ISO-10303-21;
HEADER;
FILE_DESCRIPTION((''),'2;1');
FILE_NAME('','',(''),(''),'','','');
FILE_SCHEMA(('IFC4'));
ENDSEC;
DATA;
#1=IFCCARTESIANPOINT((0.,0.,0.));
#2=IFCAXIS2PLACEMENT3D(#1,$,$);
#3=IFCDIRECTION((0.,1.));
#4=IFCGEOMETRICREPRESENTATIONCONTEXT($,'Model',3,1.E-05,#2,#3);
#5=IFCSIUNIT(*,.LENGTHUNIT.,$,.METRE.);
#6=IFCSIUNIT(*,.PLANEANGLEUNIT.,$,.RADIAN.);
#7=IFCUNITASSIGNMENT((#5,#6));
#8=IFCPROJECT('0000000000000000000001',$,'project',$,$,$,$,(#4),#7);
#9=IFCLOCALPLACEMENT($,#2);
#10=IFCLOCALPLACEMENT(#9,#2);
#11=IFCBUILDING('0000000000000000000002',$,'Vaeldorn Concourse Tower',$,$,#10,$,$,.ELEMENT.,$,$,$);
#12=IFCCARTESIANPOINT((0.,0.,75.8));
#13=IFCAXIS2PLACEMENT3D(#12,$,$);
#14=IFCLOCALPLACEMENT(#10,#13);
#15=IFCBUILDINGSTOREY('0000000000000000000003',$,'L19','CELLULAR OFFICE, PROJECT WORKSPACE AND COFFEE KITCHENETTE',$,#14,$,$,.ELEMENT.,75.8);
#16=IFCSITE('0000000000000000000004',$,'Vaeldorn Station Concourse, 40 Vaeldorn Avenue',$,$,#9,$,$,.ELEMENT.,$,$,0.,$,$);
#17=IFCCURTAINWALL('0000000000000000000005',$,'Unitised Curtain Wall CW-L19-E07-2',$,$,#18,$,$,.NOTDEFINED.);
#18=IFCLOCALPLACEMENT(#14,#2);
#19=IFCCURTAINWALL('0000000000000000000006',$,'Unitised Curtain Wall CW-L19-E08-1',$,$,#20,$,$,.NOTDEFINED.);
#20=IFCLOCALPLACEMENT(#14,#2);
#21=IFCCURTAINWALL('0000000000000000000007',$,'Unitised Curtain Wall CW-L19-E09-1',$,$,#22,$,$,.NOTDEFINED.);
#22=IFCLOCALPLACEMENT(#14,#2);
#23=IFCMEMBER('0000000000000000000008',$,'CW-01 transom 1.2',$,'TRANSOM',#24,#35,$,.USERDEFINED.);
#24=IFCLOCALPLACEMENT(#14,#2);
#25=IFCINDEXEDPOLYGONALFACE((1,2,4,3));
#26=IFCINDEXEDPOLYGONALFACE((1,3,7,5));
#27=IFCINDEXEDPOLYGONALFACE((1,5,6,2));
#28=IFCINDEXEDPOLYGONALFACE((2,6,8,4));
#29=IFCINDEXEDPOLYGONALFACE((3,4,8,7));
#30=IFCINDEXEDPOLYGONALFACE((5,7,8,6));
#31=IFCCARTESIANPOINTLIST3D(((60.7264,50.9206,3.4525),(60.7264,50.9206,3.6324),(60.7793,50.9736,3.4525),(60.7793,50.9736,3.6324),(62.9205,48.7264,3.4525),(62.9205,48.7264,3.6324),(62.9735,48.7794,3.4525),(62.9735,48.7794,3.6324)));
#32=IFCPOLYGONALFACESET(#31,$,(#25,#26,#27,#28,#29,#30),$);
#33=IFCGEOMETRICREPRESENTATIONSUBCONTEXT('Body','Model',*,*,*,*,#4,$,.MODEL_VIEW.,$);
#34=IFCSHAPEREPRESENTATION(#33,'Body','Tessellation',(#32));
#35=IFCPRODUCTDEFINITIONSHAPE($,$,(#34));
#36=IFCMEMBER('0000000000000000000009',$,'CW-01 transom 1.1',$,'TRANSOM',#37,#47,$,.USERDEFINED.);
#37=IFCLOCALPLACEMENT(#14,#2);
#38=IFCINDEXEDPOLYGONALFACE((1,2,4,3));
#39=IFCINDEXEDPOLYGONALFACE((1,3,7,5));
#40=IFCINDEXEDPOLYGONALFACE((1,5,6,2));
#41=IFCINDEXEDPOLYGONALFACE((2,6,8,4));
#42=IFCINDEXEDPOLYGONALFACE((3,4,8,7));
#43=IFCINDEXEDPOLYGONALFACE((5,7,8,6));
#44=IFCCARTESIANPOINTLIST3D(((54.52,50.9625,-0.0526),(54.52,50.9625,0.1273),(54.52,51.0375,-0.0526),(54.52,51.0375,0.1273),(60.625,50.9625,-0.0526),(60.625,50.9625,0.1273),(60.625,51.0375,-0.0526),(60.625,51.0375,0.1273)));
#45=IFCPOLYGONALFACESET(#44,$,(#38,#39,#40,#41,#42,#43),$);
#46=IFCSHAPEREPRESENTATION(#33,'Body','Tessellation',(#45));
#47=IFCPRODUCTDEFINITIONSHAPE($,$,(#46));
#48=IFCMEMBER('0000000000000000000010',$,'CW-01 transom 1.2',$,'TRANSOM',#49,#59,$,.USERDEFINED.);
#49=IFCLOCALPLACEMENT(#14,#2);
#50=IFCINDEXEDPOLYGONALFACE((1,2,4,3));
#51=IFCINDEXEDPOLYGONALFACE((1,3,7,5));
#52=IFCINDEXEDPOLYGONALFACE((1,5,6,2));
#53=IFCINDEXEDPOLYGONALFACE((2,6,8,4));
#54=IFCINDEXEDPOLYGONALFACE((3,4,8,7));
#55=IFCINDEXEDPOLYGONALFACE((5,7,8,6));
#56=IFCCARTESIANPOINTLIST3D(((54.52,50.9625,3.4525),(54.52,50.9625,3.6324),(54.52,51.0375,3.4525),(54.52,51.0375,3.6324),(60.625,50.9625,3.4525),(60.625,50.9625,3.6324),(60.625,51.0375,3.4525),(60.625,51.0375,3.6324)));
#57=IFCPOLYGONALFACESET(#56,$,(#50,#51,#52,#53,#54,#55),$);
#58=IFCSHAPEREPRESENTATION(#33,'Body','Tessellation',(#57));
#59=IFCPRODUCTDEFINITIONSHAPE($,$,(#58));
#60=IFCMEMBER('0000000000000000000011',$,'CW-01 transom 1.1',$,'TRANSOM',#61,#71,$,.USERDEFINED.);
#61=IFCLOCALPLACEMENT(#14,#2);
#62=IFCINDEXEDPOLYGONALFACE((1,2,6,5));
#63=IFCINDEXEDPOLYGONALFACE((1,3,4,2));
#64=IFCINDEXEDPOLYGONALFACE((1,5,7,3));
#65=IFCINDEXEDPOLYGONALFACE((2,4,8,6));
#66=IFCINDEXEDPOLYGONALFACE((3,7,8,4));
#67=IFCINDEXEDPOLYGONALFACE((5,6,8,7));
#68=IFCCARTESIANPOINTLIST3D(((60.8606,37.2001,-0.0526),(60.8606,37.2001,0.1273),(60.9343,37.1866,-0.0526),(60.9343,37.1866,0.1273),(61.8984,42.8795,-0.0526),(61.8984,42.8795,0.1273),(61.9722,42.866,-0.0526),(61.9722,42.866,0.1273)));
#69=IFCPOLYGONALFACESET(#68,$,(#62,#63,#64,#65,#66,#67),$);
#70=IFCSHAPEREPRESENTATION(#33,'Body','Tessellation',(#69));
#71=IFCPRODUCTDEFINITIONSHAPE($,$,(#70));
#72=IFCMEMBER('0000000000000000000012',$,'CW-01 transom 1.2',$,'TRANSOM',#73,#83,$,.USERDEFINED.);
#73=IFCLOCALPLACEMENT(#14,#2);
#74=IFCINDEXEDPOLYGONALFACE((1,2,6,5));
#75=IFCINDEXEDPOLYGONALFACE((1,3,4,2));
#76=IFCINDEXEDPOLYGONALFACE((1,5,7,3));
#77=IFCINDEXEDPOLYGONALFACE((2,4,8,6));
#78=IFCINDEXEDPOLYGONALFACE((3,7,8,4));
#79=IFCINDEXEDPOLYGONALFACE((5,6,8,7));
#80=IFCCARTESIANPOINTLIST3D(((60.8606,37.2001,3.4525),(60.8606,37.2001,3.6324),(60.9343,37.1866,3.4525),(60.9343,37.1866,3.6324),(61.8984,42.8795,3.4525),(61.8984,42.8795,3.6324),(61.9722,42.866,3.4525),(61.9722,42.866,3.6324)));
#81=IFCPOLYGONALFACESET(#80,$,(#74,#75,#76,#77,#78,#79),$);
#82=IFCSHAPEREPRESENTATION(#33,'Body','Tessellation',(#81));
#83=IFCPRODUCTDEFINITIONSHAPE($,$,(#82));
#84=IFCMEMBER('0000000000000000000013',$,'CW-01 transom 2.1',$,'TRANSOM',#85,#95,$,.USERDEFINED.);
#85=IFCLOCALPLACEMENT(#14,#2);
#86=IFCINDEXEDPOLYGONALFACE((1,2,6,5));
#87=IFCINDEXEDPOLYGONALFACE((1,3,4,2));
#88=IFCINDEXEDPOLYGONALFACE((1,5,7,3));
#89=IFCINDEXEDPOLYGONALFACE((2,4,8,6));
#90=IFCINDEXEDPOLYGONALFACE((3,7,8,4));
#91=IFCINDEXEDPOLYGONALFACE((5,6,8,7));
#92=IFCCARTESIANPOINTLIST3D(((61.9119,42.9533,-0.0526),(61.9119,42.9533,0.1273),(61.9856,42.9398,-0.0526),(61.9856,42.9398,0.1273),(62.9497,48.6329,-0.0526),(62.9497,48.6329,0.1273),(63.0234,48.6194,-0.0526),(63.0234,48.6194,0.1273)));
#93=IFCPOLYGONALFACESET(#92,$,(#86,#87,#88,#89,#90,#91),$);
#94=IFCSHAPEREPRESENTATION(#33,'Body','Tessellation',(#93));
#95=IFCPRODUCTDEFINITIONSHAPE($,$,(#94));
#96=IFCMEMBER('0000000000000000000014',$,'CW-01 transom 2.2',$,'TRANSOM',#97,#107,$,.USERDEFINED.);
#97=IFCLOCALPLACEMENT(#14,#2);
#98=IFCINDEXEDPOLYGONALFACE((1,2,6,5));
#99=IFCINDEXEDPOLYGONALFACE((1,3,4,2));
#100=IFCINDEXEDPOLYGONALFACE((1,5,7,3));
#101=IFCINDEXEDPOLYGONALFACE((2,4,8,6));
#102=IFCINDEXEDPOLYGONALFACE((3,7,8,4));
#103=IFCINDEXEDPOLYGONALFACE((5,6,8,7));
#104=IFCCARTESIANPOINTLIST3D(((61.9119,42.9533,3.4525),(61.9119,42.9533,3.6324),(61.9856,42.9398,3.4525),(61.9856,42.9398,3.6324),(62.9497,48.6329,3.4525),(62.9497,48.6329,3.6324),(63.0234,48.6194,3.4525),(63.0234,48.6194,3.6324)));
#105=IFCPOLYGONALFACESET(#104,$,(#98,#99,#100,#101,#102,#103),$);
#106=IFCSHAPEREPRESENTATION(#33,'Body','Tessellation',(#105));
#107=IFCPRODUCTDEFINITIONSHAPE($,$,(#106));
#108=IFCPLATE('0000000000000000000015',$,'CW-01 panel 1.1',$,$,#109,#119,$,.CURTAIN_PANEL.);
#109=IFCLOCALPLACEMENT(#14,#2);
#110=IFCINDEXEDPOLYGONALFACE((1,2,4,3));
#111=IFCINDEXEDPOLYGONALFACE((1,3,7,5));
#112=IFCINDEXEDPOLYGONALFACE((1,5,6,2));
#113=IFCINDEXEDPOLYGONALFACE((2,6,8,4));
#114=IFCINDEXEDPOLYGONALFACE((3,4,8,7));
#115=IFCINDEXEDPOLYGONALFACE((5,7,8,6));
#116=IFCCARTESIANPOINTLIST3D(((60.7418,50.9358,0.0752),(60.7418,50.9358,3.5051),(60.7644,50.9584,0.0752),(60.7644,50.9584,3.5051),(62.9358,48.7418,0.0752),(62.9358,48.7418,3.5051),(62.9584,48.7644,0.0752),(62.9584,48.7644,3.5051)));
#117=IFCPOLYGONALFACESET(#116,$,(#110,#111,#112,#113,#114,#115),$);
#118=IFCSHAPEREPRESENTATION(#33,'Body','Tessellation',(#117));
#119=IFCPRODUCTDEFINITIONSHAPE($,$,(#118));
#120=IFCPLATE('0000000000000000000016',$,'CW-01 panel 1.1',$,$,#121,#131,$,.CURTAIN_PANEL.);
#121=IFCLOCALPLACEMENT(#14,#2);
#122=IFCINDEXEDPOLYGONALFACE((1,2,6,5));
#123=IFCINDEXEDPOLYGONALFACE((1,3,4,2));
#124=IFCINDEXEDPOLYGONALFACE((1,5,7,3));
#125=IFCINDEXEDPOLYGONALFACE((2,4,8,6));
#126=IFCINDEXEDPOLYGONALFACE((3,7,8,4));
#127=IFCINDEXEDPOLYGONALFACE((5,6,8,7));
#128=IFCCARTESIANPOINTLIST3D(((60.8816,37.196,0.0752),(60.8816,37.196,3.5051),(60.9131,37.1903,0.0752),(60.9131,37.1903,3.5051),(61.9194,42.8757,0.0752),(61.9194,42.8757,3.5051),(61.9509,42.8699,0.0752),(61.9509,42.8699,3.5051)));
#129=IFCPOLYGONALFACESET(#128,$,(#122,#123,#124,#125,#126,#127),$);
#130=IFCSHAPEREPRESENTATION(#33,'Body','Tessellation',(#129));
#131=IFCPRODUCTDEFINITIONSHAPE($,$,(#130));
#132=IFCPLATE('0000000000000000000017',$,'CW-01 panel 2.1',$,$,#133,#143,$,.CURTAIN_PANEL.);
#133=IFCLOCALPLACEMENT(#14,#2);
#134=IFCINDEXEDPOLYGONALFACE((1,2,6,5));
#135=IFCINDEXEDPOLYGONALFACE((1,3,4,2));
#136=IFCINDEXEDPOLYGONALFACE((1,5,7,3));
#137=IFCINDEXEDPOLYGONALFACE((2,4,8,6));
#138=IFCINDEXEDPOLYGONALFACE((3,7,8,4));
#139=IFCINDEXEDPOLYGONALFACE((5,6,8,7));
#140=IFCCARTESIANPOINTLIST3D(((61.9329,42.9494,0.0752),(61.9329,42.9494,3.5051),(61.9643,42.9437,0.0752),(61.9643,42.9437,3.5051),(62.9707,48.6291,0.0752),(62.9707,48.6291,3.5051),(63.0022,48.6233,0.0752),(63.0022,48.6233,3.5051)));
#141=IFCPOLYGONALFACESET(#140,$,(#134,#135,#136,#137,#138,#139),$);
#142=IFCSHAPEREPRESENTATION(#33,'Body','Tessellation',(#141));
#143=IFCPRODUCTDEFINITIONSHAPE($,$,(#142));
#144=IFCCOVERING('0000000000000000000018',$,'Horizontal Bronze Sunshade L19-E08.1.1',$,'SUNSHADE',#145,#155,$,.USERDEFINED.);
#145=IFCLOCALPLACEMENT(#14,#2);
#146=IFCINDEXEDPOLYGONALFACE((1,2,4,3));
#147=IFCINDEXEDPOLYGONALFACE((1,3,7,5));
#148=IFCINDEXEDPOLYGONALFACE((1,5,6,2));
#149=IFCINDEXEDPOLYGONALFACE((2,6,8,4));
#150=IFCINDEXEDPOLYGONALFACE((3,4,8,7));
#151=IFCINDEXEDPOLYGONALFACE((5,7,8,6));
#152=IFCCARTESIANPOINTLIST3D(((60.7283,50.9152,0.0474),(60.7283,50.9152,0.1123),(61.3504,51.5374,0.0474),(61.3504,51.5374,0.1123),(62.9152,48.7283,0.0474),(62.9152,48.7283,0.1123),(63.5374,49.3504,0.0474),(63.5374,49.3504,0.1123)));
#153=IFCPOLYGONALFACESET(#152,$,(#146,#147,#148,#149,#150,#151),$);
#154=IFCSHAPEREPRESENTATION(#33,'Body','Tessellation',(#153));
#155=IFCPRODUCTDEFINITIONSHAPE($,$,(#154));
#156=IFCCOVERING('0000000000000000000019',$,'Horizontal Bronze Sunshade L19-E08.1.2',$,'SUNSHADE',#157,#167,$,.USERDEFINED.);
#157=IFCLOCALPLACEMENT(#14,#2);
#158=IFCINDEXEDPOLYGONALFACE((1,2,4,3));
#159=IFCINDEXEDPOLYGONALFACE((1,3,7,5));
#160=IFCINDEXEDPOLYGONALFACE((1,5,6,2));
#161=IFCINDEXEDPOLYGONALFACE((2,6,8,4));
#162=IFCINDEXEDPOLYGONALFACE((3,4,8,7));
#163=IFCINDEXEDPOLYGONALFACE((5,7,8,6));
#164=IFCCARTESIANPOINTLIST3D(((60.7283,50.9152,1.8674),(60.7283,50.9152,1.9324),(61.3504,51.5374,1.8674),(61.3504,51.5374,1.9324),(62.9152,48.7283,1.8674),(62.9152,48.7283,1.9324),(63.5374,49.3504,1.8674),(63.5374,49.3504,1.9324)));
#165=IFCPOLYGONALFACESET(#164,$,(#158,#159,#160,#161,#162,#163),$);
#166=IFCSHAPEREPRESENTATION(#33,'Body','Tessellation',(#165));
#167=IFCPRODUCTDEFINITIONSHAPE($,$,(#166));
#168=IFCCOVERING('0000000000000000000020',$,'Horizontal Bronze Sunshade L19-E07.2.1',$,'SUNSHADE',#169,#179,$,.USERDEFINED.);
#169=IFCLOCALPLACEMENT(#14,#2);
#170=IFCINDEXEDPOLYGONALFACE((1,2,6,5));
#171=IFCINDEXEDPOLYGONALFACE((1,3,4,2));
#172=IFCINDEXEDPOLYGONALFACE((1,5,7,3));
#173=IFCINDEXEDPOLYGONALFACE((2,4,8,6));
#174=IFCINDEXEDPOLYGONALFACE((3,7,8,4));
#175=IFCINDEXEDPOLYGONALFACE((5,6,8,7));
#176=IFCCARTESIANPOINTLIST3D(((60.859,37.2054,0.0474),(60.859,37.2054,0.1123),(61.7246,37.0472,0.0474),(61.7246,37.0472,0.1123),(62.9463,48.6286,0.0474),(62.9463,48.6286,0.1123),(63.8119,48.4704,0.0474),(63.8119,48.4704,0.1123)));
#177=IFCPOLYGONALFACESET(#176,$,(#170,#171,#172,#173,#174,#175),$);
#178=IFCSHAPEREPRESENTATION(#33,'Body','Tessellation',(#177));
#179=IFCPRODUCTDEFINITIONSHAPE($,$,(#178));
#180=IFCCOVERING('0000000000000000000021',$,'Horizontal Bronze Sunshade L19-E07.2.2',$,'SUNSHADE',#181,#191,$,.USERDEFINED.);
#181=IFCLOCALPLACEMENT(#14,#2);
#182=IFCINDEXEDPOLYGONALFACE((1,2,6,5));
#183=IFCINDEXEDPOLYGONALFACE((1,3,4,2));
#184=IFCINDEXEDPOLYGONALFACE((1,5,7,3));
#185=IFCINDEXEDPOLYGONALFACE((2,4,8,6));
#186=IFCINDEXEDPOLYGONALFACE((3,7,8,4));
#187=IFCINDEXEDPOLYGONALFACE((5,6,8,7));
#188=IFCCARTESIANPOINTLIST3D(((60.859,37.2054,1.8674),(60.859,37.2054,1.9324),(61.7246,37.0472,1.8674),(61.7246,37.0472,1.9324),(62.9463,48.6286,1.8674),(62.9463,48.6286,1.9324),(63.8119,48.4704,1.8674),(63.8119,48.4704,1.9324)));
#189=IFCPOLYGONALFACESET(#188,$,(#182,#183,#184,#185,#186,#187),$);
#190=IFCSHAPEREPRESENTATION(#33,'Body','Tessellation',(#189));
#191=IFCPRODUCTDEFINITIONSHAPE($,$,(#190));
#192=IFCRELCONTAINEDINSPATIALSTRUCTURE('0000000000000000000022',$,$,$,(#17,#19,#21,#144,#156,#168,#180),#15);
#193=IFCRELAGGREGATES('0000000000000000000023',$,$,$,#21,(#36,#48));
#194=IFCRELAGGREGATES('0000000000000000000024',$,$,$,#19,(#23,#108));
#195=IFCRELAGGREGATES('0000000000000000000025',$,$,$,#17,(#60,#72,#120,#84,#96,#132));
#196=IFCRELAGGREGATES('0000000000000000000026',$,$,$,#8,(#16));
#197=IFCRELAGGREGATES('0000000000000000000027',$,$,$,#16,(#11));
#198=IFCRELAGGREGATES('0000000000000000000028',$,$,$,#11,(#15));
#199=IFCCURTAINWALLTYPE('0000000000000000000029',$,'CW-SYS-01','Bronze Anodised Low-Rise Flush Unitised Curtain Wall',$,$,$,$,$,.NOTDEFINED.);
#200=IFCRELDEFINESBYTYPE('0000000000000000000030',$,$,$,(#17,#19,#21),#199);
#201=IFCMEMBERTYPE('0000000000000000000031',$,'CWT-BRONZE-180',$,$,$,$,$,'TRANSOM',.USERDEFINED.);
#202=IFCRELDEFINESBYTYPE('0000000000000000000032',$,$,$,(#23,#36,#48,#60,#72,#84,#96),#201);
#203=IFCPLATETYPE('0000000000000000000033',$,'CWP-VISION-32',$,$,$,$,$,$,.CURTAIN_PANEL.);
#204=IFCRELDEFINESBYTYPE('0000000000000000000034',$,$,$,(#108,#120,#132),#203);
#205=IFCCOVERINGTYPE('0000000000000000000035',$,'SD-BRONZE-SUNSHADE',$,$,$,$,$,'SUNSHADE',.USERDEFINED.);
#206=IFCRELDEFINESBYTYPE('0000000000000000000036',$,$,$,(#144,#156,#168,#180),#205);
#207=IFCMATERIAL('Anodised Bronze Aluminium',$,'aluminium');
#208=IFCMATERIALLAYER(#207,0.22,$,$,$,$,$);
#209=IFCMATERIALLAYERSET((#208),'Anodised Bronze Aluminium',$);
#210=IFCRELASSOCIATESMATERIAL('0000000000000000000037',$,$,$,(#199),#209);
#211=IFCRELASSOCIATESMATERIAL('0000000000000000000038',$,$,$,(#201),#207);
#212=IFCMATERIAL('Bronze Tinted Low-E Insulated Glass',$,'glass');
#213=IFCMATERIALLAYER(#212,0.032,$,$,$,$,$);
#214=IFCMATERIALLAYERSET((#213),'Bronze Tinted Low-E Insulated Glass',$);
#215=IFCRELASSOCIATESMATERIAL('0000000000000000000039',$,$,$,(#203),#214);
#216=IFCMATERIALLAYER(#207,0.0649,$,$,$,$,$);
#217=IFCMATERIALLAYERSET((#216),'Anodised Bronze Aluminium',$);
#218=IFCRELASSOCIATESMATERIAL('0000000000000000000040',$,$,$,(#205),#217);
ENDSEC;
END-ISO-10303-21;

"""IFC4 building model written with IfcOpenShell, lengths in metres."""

from ifc_helpers import new_model, si_unit, direction, frame, origin, origin_2d, place, context, subcontext, project, spatial, rectangle, extrude, source, transform, mapped, material, layer, layer_set, material_profile, profile_set, type_object, element, aggregate, save


model = new_model("IFC4")

# Units and contexts
model_context = context("Model", 3, precision=1e-05, world=origin(), true_north=direction((0.0, 1.0)))
body_context = subcontext(model_context, "Body", "Model", "MODEL_VIEW")
ifc_project = project(units=[si_unit("LENGTHUNIT", "METRE"), si_unit("PLANEANGLEUNIT", "RADIAN")], contexts=[model_context])

# Site, building, storey
site_placement = place(None, origin())
site = spatial("IfcSite", under=ifc_project, at=site_placement, Name="Vaeldorn Station Concourse, 40 Vaeldorn Avenue", CompositionType="ELEMENT", RefElevation=0.0)
building_placement = place(site_placement, origin())
building = spatial("IfcBuilding", under=site, at=building_placement, Name="Vaeldorn Concourse Tower", CompositionType="ELEMENT")
storey_placement = place(building_placement, frame((0.0, 0.0, 75.8)))
storey = spatial("IfcBuildingStorey", under=building, at=storey_placement, Name="L19", Description="CELLULAR OFFICE, PROJECT WORKSPACE AND COFFEE KITCHENETTE", CompositionType="ELEMENT", Elevation=75.8)

# Curtain walls
ifc_material_1 = material(Name="Anodised Bronze Aluminium", Category="aluminium")
ifc_layer_1 = layer(ifc_material_1, 0.22)
ifc_layer_set_1 = layer_set([ifc_layer_1], Name="Anodised Bronze Aluminium")
curtain_wall_type = type_object("IfcCurtainWallType", Name="CW-SYS-01", Description="Bronze Anodised Low-Rise Flush Unitised Curtain Wall", PredefinedType="NOTDEFINED", material=ifc_layer_set_1)
curtain_wall_1_placement = place(storey_placement, origin())
curtain_wall_1 = element("IfcCurtainWall", 1, at=curtain_wall_1_placement, inside=storey, type_object=curtain_wall_type, Name="Unitised Curtain Wall CW-L19-E07-2", PredefinedType="NOTDEFINED")
curtain_wall_2_placement = place(storey_placement, origin())
curtain_wall_2 = element("IfcCurtainWall", 2, at=curtain_wall_2_placement, inside=storey, type_object=curtain_wall_type, Name="Unitised Curtain Wall CW-L19-E08-1", PredefinedType="NOTDEFINED")

# Curtain wall
curtain_wall_3_placement = place(storey_placement, origin())
curtain_wall_3 = element("IfcCurtainWall", 3, at=curtain_wall_3_placement, inside=storey, type_object=curtain_wall_type, Name="Unitised Curtain Wall CW-L19-E09-1", PredefinedType="NOTDEFINED")

# Members
ifc_material_profile_1 = material_profile(ifc_material_1, rectangle(XDim=0.075, YDim=0.1799, at=origin_2d()), Name="CWT 75x180")
ifc_profile_set_1 = profile_set([ifc_material_profile_1], Name="Anodised Bronze Aluminium")
member_type_1 = type_object("IfcMemberType", Name="CWT-BRONZE-180", ElementType="TRANSOM", PredefinedType="USERDEFINED", material=ifc_profile_set_1)
shared_shape_1 = source(origin(), body_context, "Body", "SweptSolid", [
    extrude(rectangle(XDim=0.075, YDim=0.1799, at=origin_2d()), origin(), (0.0, 0.0, 1.0), 3.103),
])
member_1_placement = place(storey_placement, frame((62.947, 48.7529, 3.5425), z_axis=(-0.707107, 0.707107, 0.0), x_axis=(-0.707107, -0.707107, 0.0)))
member_1 = element("IfcMember", 4, at=member_1_placement, type_object=member_type_1, Name="CW-01 transom 1.2", ObjectType="TRANSOM", PredefinedType="USERDEFINED", context=body_context, shape_type="MappedRepresentation", body=[
    mapped(shared_shape_1, transform((0.0, 0.0, 0.0), scale=1.0)),
])
shared_shape_2 = source(origin(), body_context, "Body", "SweptSolid", [
    extrude(rectangle(XDim=0.075, YDim=0.1799, at=origin_2d()), origin(), (0.0, 0.0, 1.0), 6.105),
])
member_2_placement = place(storey_placement, frame((60.625, 51.0, 0.0374), z_axis=(-1.0, 0.0, 0.0), x_axis=(0.0, -1.0, 0.0)))
member_2 = element("IfcMember", 5, at=member_2_placement, type_object=member_type_1, Name="CW-01 transom 1.1", ObjectType="TRANSOM", PredefinedType="USERDEFINED", context=body_context, shape_type="MappedRepresentation", body=[
    mapped(shared_shape_2, transform((0.0, 0.0, 0.0), scale=1.0)),
])
member_3_placement = place(storey_placement, frame((60.625, 51.0, 3.5425), z_axis=(-1.0, 0.0, 0.0), x_axis=(0.0, -1.0, 0.0)))
member_3 = element("IfcMember", 6, at=member_3_placement, type_object=member_type_1, Name="CW-01 transom 1.2", ObjectType="TRANSOM", PredefinedType="USERDEFINED", context=body_context, shape_type="MappedRepresentation", body=[
    mapped(shared_shape_2, transform((0.0, 0.0, 0.0), scale=1.0)),
])
aggregate(curtain_wall_3, [member_2, member_3])
shared_shape_3 = source(origin(), body_context, "Body", "SweptSolid", [
    extrude(rectangle(XDim=0.075, YDim=0.1799, at=origin_2d()), origin(), (0.0, 0.0, 1.0), 5.7734),
])
member_4_placement = place(storey_placement, frame((60.8975, 37.1934, 0.0374), z_axis=(0.17976, 0.983711, 0.0), x_axis=(-0.983711, 0.17976, 0.0)))
member_4 = element("IfcMember", 7, at=member_4_placement, type_object=member_type_1, Name="CW-01 transom 1.1", ObjectType="TRANSOM", PredefinedType="USERDEFINED", context=body_context, shape_type="MappedRepresentation", body=[
    mapped(shared_shape_3, transform((0.0, 0.0, 0.0), scale=1.0)),
])
member_5_placement = place(storey_placement, frame((60.8975, 37.1934, 3.5425), z_axis=(0.17976, 0.983711, 0.0), x_axis=(-0.983711, 0.17976, 0.0)))
member_5 = element("IfcMember", 8, at=member_5_placement, type_object=member_type_1, Name="CW-01 transom 1.2", ObjectType="TRANSOM", PredefinedType="USERDEFINED", context=body_context, shape_type="MappedRepresentation", body=[
    mapped(shared_shape_3, transform((0.0, 0.0, 0.0), scale=1.0)),
])
shared_shape_4 = source(origin(), body_context, "Body", "SweptSolid", [
    extrude(rectangle(XDim=0.075, YDim=0.1799, at=origin_2d()), origin(), (0.0, 0.0, 1.0), 5.7737),
])
member_6_placement = place(storey_placement, frame((61.9487, 42.9465, 0.0374), z_axis=(0.179752, 0.983712, 0.0), x_axis=(-0.983712, 0.179752, 0.0)))
member_6 = element("IfcMember", 9, at=member_6_placement, type_object=member_type_1, Name="CW-01 transom 2.1", ObjectType="TRANSOM", PredefinedType="USERDEFINED", context=body_context, shape_type="MappedRepresentation", body=[
    mapped(shared_shape_4, transform((0.0, 0.0, 0.0), scale=1.0)),
])
member_7_placement = place(storey_placement, frame((61.9487, 42.9465, 3.5425), z_axis=(0.179752, 0.983712, 0.0), x_axis=(-0.983712, 0.179752, 0.0)))
member_7 = element("IfcMember", 10, at=member_7_placement, type_object=member_type_1, Name="CW-01 transom 2.2", ObjectType="TRANSOM", PredefinedType="USERDEFINED", context=body_context, shape_type="MappedRepresentation", body=[
    mapped(shared_shape_4, transform((0.0, 0.0, 0.0), scale=1.0)),
])

# Plates
ifc_material_2 = material(Name="Bronze Tinted Low-E Insulated Glass", Category="glass")
ifc_layer_2 = layer(ifc_material_2, 0.032)
ifc_layer_set_2 = layer_set([ifc_layer_2], Name="Bronze Tinted Low-E Insulated Glass")
plate_type = type_object("IfcPlateType", Name="CWP-VISION-32", PredefinedType="CURTAIN_PANEL", material=ifc_layer_set_2)
shared_shape_5 = source(origin(), body_context, "Body", "SweptSolid", [
    extrude(rectangle(XDim=3.1028, YDim=0.032, at=origin_2d()), origin(), (0.0, 0.0, 1.0), 3.4299),
])
plate_1_placement = place(storey_placement, frame((61.8501, 49.8501, 0.0752), z_axis=(0.0, 0.0, 1.0), x_axis=(-0.707107, 0.707107, 0.0)))
plate_1 = element("IfcPlate", 11, at=plate_1_placement, type_object=plate_type, Name="CW-01 panel 1.1", PredefinedType="CURTAIN_PANEL", context=body_context, shape_type="MappedRepresentation", body=[
    mapped(shared_shape_5, transform((0.0, 0.0, 0.0), scale=1.0)),
])
aggregate(curtain_wall_2, [member_1, plate_1])
shared_shape_6 = source(origin(), body_context, "Body", "SweptSolid", [
    extrude(rectangle(XDim=5.7737, YDim=0.032, at=origin_2d()), origin(), (0.0, 0.0, 1.0), 3.4299),
])
plate_2_placement = place(storey_placement, frame((61.4163, 40.033, 0.0752), z_axis=(0.0, 0.0, 1.0), x_axis=(0.179753, 0.983712, 0.0)))
plate_2 = element("IfcPlate", 12, at=plate_2_placement, type_object=plate_type, Name="CW-01 panel 1.1", PredefinedType="CURTAIN_PANEL", context=body_context, shape_type="MappedRepresentation", body=[
    mapped(shared_shape_6, transform((0.0, 0.0, 0.0), scale=1.0)),
])
plate_3_placement = place(storey_placement, frame((62.4675, 45.7864, 0.0752), z_axis=(0.0, 0.0, 1.0), x_axis=(0.179753, 0.983712, 0.0)))
plate_3 = element("IfcPlate", 13, at=plate_3_placement, type_object=plate_type, Name="CW-01 panel 2.1", PredefinedType="CURTAIN_PANEL", context=body_context, shape_type="MappedRepresentation", body=[
    mapped(shared_shape_6, transform((0.0, 0.0, 0.0), scale=1.0)),
])
aggregate(curtain_wall_1, [member_4, member_5, plate_2, member_6, member_7, plate_3])

# Coverings
ifc_layer_3 = layer(ifc_material_1, 0.0649)
ifc_layer_set_3 = layer_set([ifc_layer_3], Name="Anodised Bronze Aluminium")
covering_type = type_object("IfcCoveringType", Name="SD-BRONZE-SUNSHADE", ElementType="SUNSHADE", PredefinedType="USERDEFINED", material=ifc_layer_set_3)
shared_shape_7 = source(origin(), body_context, "Body", "SweptSolid", [
    extrude(rectangle(XDim=3.0928, YDim=0.8799, at=origin_2d()), origin(), (0.0, 0.0, 1.0), 0.0649),
])
for number, where, z_axis, x_axis, name in (
    (14, (62.1328, 50.1328, 0.0474), (0.0, 0.0, 1.0), (-0.707107, 0.707107, 0.0), "Horizontal Bronze Sunshade L19-E08.1.1"),
    (15, (62.1328, 50.1328, 1.8674), (0.0, 0.0, 1.0), (-0.707107, 0.707107, 0.0), "Horizontal Bronze Sunshade L19-E08.1.2"),
):
    element("IfcCovering", number, at=place(storey_placement, frame(where, z_axis=z_axis, x_axis=x_axis)), inside=storey, type_object=covering_type, Name=name, ObjectType="SUNSHADE", PredefinedType="USERDEFINED", context=body_context, shape_type="MappedRepresentation", body=[
        mapped(shared_shape_7, transform((0.0, 0.0, 0.0), scale=1.0)),
    ])
shared_shape_8 = source(origin(), body_context, "Body", "SweptSolid", [
    extrude(rectangle(XDim=11.6123, YDim=0.8799, at=origin_2d()), origin(), (0.0, 0.0, 1.0), 0.0649),
])
for number, where, z_axis, x_axis, name in (
    (16, (62.3354, 42.8379, 0.0474), (0.0, 0.0, 1.0), (0.179747, 0.983713, 0.0), "Horizontal Bronze Sunshade L19-E07.2.1"),
    (17, (62.3354, 42.8379, 1.8674), (0.0, 0.0, 1.0), (0.179747, 0.983713, 0.0), "Horizontal Bronze Sunshade L19-E07.2.2"),
):
    element("IfcCovering", number, at=place(storey_placement, frame(where, z_axis=z_axis, x_axis=x_axis)), inside=storey, type_object=covering_type, Name=name, ObjectType="SUNSHADE", PredefinedType="USERDEFINED", context=body_context, shape_type="MappedRepresentation", body=[
        mapped(shared_shape_8, transform((0.0, 0.0, 0.0), scale=1.0)),
    ])

save(model, "model.ifc")
